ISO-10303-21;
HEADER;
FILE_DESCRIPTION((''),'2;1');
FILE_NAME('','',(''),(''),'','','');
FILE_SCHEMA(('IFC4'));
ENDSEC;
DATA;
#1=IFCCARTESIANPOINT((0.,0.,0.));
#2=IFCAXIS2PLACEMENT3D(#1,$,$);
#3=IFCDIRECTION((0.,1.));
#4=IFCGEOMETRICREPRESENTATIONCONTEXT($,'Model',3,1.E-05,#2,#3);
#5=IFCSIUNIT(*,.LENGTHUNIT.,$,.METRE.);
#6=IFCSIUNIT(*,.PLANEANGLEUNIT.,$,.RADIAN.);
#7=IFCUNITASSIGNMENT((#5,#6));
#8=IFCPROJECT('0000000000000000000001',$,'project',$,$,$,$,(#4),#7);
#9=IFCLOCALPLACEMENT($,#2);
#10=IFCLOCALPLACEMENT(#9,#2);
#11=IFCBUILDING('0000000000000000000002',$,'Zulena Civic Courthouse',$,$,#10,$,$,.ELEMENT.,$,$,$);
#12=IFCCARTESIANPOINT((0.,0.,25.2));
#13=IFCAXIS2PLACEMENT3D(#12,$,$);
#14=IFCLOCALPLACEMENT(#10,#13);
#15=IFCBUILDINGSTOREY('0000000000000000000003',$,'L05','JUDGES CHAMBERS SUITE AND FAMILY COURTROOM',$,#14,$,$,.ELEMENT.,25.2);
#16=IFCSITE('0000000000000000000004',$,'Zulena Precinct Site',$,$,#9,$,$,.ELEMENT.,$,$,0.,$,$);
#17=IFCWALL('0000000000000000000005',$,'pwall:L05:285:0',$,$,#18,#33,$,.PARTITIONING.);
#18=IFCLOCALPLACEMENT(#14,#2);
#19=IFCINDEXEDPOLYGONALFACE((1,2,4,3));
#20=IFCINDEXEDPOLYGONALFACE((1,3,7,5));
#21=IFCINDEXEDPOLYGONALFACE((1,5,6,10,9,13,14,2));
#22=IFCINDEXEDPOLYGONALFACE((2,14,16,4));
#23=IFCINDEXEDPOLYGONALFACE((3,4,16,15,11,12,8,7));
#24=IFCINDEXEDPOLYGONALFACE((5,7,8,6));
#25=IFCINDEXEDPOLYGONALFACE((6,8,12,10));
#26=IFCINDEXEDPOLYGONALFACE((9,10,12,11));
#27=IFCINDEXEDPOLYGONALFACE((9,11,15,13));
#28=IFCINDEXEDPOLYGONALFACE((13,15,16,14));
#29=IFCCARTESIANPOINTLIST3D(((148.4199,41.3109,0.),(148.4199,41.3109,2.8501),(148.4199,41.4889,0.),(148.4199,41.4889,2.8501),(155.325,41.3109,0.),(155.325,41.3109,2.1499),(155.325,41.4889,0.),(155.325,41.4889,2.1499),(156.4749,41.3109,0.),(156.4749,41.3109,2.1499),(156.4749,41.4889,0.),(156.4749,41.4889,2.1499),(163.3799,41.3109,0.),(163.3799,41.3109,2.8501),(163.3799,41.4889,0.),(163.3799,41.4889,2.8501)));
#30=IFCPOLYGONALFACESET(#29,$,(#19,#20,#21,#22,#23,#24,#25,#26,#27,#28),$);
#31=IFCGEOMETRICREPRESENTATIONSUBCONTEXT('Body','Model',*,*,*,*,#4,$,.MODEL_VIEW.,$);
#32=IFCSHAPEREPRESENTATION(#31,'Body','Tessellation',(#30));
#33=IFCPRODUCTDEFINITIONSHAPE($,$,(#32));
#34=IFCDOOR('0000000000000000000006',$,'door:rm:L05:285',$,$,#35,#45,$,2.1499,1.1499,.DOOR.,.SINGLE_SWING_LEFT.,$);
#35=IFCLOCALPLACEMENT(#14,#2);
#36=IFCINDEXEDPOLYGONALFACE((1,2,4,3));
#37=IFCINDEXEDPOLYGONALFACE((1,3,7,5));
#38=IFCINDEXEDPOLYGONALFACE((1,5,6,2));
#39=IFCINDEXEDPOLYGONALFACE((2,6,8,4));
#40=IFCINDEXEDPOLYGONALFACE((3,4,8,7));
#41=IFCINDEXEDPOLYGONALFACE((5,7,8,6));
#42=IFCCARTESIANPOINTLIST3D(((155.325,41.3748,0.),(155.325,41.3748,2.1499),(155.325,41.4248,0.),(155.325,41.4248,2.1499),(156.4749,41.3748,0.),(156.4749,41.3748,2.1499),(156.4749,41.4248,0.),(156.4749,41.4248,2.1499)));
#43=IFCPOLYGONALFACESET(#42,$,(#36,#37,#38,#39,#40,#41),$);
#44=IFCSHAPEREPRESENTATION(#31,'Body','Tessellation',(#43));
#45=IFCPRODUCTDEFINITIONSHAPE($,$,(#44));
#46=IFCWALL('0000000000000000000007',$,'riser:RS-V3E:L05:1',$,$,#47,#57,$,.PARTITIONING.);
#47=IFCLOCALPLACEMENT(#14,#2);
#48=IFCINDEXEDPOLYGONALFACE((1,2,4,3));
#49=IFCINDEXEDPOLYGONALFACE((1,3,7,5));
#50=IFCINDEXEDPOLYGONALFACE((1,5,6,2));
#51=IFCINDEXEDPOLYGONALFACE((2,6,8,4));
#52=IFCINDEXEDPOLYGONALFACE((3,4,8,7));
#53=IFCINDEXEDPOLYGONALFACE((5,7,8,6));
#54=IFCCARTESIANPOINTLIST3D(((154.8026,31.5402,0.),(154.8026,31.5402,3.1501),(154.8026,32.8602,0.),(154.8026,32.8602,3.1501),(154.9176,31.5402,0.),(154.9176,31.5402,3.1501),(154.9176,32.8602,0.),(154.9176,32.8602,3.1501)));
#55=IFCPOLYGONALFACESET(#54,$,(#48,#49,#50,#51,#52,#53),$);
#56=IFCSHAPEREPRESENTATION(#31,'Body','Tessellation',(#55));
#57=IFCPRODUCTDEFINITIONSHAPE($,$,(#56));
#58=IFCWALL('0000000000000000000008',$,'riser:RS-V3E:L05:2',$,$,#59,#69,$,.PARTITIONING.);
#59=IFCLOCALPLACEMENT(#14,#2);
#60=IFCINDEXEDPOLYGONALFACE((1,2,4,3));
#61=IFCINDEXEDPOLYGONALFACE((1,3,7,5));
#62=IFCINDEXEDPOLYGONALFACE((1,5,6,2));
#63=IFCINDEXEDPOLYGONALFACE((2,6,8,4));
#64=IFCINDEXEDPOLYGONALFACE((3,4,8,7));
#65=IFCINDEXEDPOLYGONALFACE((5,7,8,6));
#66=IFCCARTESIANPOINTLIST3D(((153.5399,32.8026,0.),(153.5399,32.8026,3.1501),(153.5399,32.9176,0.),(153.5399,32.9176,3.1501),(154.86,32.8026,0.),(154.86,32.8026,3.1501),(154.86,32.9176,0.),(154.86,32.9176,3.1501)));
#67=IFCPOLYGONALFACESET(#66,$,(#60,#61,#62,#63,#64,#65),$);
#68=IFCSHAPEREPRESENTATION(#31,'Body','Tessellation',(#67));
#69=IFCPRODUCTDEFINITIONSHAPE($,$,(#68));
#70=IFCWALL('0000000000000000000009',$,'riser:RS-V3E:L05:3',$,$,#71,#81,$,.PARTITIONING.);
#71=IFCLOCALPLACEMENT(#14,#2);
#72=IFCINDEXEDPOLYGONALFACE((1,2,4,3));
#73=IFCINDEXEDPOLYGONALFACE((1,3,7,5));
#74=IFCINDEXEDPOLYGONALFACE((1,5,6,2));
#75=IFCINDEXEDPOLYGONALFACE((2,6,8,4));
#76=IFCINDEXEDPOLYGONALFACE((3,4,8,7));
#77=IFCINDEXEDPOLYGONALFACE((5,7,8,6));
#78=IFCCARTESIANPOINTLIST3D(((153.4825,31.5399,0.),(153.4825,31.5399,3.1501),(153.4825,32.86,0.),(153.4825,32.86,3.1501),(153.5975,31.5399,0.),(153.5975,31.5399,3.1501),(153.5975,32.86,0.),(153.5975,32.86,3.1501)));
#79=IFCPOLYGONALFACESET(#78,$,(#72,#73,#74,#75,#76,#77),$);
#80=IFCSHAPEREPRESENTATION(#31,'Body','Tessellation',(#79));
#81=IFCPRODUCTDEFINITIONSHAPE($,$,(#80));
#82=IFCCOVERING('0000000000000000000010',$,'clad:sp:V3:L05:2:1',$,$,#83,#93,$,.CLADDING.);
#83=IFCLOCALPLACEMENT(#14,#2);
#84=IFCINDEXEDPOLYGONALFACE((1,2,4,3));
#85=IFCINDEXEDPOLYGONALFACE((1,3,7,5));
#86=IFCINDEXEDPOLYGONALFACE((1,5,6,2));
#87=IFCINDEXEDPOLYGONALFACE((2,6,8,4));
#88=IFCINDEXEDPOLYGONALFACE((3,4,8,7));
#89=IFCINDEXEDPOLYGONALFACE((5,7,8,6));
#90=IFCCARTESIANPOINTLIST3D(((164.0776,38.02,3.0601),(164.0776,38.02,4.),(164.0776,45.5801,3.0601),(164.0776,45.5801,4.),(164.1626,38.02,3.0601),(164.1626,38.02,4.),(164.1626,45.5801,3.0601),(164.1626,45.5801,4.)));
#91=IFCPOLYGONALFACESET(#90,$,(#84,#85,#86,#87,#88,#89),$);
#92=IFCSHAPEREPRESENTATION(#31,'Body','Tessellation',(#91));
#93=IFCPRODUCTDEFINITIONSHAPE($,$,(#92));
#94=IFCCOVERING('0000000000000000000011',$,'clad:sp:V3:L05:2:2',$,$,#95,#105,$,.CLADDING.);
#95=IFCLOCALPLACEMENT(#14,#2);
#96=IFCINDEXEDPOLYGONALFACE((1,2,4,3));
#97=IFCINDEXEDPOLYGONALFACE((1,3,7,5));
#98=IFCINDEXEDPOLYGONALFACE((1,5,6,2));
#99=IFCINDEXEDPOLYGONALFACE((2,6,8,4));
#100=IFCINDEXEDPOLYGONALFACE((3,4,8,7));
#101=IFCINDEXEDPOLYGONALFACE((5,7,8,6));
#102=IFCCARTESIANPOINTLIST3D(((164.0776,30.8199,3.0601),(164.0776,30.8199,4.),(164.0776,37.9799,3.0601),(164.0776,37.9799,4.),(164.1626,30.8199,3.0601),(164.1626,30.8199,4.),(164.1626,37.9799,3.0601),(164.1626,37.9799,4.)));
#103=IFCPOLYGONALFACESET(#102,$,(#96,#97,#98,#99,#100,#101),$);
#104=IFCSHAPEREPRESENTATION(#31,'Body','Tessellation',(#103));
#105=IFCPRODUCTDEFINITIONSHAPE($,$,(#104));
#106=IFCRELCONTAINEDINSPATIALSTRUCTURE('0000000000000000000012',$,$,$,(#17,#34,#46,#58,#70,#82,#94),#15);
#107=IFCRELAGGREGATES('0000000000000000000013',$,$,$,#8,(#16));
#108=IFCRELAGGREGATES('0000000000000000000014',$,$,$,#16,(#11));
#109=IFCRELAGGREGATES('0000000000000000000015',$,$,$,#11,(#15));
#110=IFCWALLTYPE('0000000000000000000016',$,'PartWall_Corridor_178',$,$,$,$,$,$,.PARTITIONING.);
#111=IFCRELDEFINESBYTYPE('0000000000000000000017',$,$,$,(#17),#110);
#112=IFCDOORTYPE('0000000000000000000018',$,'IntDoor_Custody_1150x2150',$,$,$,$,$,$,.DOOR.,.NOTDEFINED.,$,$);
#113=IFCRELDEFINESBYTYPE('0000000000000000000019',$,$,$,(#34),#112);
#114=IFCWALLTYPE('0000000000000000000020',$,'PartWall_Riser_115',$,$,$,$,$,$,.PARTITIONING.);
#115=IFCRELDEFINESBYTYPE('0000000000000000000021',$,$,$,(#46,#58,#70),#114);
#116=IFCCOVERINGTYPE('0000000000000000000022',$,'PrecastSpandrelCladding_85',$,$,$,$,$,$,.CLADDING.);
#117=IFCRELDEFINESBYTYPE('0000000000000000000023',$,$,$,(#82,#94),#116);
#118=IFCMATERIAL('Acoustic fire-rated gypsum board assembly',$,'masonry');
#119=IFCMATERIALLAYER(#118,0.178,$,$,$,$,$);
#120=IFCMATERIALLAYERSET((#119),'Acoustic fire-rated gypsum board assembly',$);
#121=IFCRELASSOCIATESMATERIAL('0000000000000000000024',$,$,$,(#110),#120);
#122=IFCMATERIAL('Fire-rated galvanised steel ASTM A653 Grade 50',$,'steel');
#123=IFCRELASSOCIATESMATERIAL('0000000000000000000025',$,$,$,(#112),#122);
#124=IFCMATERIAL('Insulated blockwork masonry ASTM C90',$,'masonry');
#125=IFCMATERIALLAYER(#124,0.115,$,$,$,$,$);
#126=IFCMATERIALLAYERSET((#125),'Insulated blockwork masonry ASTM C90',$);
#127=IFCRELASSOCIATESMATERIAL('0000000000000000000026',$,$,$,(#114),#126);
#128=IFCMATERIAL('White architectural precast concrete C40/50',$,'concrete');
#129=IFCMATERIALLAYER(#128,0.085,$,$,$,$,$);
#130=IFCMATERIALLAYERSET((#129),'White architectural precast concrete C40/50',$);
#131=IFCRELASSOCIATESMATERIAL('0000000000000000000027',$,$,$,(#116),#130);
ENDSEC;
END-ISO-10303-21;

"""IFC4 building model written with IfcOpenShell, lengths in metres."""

from ifc_helpers import new_model, si_unit, direction, frame, frame_2d, origin, origin_2d, place, context, subcontext, project, spatial, rectangle, extrude, material, layer, layer_set, type_object, element, fill, save


model = new_model("IFC4")

# Units and contexts
model_context = context("Model", 3, precision=1e-05, world=origin(), true_north=direction((0.0, 1.0)))
body_context = subcontext(model_context, "Body", "Model", "MODEL_VIEW")
ifc_project = project(units=[si_unit("LENGTHUNIT", "METRE"), si_unit("PLANEANGLEUNIT", "RADIAN")], contexts=[model_context])

# Site, building, storey
site_placement = place(None, origin())
site = spatial("IfcSite", under=ifc_project, at=site_placement, Name="Zulena Precinct Site", CompositionType="ELEMENT", RefElevation=0.0)
building_placement = place(site_placement, origin())
building = spatial("IfcBuilding", under=site, at=building_placement, Name="Zulena Civic Courthouse", CompositionType="ELEMENT")
storey_placement = place(building_placement, frame((0.0, 0.0, 25.2)))
storey = spatial("IfcBuildingStorey", under=building, at=storey_placement, Name="L05", Description="JUDGES CHAMBERS SUITE AND FAMILY COURTROOM", CompositionType="ELEMENT", Elevation=25.2)

# Wall, opening, door
ifc_material_1 = material(Name="Acoustic fire-rated gypsum board assembly", Category="masonry")
ifc_layer_1 = layer(ifc_material_1, 0.178)
ifc_layer_set_1 = layer_set([ifc_layer_1], Name="Acoustic fire-rated gypsum board assembly")
wall_type_1 = type_object("IfcWallType", Name="PartWall_Corridor_178", PredefinedType="PARTITIONING", material=ifc_layer_set_1)
wall_1_placement = place(storey_placement, frame((148.4199, 41.3999, 0.0), z_axis=(0.0, 0.0, 1.0), x_axis=(1.0, 0.0, 0.0)))
wall_1 = element("IfcWall", 1, at=wall_1_placement, inside=storey, type_object=wall_type_1, Name="pwall:L05:285:0", PredefinedType="PARTITIONING", context=body_context, shape_type="SweptSolid", body=[
    extrude(rectangle(XDim=14.96, YDim=0.178, at=frame_2d((7.48, 0.0))), origin(), (0.0, 0.0, 1.0), 2.8501),
])
opening_1_placement = place(wall_1_placement, frame((6.905, 0.0, 0.0)))
opening_1 = element("IfcOpeningElement", 2, at=opening_1_placement, cuts=wall_1, PredefinedType="OPENING", context=body_context, shape_type="SweptSolid", body=[
    extrude(rectangle(XDim=1.1499, YDim=2.1499, at=frame_2d((0.575, 1.075))), frame((0.0, 0.0989, 0.0), z_axis=(0.0, -1.0, 0.0), x_axis=(1.0, 0.0, 0.0)), (0.0, 0.0, 1.0), 0.198),
])
ifc_material_2 = material(Name="Fire-rated galvanised steel ASTM A653 Grade 50", Category="steel")
door_type_1 = type_object("IfcDoorType", Name="IntDoor_Custody_1150x2150", OperationType="NOTDEFINED", PredefinedType="DOOR", material=ifc_material_2)
door_1_placement = place(opening_1_placement, origin())
door_1 = element("IfcDoor", 3, at=door_1_placement, inside=storey, type_object=door_type_1, Name="door:rm:L05:285", OperationType="SINGLE_SWING_LEFT", OverallHeight=2.1499, OverallWidth=1.1499, PredefinedType="DOOR", context=body_context, shape_type="SweptSolid", body=[
    extrude(rectangle(XDim=1.1499, YDim=2.1499, at=frame_2d((0.575, 1.075))), frame((0.0, 0.0249, 0.0), z_axis=(0.0, -1.0, 0.0), x_axis=(1.0, 0.0, 0.0)), (0.0, 0.0, 1.0), 0.05),
])
fill(opening_1, door_1)

# Walls
ifc_material_3 = material(Name="Insulated blockwork masonry ASTM C90", Category="masonry")
ifc_layer_2 = layer(ifc_material_3, 0.115)
ifc_layer_set_2 = layer_set([ifc_layer_2], Name="Insulated blockwork masonry ASTM C90")
wall_type_2 = type_object("IfcWallType", Name="PartWall_Riser_115", PredefinedType="PARTITIONING", material=ifc_layer_set_2)
for number, where, z_axis, x_axis, name in (
    (4, (154.8601, 31.54, 0.0), (0.0, 0.0, 1.0), (0.0, 1.0, 0.0), "riser:RS-V3E:L05:1"),
    (5, (154.8601, 32.8601, 0.0), (0.0, 0.0, 1.0), (-1.0, 0.0, 0.0), "riser:RS-V3E:L05:2"),
    (6, (153.54, 32.8601, 0.0), (0.0, 0.0, 1.0), (0.0, -1.0, 0.0), "riser:RS-V3E:L05:3"),
):
    element("IfcWall", number, at=place(storey_placement, frame(where, z_axis=z_axis, x_axis=x_axis)), inside=storey, type_object=wall_type_2, Name=name, PredefinedType="PARTITIONING", context=body_context, shape_type="SweptSolid", body=[
        extrude(rectangle(XDim=1.3201, YDim=0.115, at=frame_2d((0.6602, 0.0))), origin(), (0.0, 0.0, 1.0), 3.1501),
    ])

# Coverings
ifc_material_4 = material(Name="White architectural precast concrete C40/50", Category="concrete")
ifc_layer_3 = layer(ifc_material_4, 0.085)
ifc_layer_set_3 = layer_set([ifc_layer_3], Name="White architectural precast concrete C40/50")
covering_type = type_object("IfcCoveringType", Name="PrecastSpandrelCladding_85", PredefinedType="CLADDING", material=ifc_layer_set_3)
covering_1_placement = place(storey_placement, frame((164.1201, 41.8, 3.0601), z_axis=(0.0, 0.0, 1.0), x_axis=(0.0, -1.0, 0.0)))
element("IfcCovering", 7, at=covering_1_placement, inside=storey, type_object=covering_type, Name="clad:sp:V3:L05:2:1", PredefinedType="CLADDING", context=body_context, shape_type="SweptSolid", body=[
    extrude(rectangle(XDim=7.5601, YDim=0.085, at=origin_2d()), origin(), (0.0, 0.0, 1.0), 0.9399),
])
covering_2_placement = place(storey_placement, frame((164.1201, 34.3999, 3.0601), z_axis=(0.0, 0.0, 1.0), x_axis=(0.0, -1.0, 0.0)))
element("IfcCovering", 8, at=covering_2_placement, inside=storey, type_object=covering_type, Name="clad:sp:V3:L05:2:2", PredefinedType="CLADDING", context=body_context, shape_type="SweptSolid", body=[
    extrude(rectangle(XDim=7.1599, YDim=0.085, at=origin_2d()), origin(), (0.0, 0.0, 1.0), 0.9399),
])

save(model, "model.ifc")
